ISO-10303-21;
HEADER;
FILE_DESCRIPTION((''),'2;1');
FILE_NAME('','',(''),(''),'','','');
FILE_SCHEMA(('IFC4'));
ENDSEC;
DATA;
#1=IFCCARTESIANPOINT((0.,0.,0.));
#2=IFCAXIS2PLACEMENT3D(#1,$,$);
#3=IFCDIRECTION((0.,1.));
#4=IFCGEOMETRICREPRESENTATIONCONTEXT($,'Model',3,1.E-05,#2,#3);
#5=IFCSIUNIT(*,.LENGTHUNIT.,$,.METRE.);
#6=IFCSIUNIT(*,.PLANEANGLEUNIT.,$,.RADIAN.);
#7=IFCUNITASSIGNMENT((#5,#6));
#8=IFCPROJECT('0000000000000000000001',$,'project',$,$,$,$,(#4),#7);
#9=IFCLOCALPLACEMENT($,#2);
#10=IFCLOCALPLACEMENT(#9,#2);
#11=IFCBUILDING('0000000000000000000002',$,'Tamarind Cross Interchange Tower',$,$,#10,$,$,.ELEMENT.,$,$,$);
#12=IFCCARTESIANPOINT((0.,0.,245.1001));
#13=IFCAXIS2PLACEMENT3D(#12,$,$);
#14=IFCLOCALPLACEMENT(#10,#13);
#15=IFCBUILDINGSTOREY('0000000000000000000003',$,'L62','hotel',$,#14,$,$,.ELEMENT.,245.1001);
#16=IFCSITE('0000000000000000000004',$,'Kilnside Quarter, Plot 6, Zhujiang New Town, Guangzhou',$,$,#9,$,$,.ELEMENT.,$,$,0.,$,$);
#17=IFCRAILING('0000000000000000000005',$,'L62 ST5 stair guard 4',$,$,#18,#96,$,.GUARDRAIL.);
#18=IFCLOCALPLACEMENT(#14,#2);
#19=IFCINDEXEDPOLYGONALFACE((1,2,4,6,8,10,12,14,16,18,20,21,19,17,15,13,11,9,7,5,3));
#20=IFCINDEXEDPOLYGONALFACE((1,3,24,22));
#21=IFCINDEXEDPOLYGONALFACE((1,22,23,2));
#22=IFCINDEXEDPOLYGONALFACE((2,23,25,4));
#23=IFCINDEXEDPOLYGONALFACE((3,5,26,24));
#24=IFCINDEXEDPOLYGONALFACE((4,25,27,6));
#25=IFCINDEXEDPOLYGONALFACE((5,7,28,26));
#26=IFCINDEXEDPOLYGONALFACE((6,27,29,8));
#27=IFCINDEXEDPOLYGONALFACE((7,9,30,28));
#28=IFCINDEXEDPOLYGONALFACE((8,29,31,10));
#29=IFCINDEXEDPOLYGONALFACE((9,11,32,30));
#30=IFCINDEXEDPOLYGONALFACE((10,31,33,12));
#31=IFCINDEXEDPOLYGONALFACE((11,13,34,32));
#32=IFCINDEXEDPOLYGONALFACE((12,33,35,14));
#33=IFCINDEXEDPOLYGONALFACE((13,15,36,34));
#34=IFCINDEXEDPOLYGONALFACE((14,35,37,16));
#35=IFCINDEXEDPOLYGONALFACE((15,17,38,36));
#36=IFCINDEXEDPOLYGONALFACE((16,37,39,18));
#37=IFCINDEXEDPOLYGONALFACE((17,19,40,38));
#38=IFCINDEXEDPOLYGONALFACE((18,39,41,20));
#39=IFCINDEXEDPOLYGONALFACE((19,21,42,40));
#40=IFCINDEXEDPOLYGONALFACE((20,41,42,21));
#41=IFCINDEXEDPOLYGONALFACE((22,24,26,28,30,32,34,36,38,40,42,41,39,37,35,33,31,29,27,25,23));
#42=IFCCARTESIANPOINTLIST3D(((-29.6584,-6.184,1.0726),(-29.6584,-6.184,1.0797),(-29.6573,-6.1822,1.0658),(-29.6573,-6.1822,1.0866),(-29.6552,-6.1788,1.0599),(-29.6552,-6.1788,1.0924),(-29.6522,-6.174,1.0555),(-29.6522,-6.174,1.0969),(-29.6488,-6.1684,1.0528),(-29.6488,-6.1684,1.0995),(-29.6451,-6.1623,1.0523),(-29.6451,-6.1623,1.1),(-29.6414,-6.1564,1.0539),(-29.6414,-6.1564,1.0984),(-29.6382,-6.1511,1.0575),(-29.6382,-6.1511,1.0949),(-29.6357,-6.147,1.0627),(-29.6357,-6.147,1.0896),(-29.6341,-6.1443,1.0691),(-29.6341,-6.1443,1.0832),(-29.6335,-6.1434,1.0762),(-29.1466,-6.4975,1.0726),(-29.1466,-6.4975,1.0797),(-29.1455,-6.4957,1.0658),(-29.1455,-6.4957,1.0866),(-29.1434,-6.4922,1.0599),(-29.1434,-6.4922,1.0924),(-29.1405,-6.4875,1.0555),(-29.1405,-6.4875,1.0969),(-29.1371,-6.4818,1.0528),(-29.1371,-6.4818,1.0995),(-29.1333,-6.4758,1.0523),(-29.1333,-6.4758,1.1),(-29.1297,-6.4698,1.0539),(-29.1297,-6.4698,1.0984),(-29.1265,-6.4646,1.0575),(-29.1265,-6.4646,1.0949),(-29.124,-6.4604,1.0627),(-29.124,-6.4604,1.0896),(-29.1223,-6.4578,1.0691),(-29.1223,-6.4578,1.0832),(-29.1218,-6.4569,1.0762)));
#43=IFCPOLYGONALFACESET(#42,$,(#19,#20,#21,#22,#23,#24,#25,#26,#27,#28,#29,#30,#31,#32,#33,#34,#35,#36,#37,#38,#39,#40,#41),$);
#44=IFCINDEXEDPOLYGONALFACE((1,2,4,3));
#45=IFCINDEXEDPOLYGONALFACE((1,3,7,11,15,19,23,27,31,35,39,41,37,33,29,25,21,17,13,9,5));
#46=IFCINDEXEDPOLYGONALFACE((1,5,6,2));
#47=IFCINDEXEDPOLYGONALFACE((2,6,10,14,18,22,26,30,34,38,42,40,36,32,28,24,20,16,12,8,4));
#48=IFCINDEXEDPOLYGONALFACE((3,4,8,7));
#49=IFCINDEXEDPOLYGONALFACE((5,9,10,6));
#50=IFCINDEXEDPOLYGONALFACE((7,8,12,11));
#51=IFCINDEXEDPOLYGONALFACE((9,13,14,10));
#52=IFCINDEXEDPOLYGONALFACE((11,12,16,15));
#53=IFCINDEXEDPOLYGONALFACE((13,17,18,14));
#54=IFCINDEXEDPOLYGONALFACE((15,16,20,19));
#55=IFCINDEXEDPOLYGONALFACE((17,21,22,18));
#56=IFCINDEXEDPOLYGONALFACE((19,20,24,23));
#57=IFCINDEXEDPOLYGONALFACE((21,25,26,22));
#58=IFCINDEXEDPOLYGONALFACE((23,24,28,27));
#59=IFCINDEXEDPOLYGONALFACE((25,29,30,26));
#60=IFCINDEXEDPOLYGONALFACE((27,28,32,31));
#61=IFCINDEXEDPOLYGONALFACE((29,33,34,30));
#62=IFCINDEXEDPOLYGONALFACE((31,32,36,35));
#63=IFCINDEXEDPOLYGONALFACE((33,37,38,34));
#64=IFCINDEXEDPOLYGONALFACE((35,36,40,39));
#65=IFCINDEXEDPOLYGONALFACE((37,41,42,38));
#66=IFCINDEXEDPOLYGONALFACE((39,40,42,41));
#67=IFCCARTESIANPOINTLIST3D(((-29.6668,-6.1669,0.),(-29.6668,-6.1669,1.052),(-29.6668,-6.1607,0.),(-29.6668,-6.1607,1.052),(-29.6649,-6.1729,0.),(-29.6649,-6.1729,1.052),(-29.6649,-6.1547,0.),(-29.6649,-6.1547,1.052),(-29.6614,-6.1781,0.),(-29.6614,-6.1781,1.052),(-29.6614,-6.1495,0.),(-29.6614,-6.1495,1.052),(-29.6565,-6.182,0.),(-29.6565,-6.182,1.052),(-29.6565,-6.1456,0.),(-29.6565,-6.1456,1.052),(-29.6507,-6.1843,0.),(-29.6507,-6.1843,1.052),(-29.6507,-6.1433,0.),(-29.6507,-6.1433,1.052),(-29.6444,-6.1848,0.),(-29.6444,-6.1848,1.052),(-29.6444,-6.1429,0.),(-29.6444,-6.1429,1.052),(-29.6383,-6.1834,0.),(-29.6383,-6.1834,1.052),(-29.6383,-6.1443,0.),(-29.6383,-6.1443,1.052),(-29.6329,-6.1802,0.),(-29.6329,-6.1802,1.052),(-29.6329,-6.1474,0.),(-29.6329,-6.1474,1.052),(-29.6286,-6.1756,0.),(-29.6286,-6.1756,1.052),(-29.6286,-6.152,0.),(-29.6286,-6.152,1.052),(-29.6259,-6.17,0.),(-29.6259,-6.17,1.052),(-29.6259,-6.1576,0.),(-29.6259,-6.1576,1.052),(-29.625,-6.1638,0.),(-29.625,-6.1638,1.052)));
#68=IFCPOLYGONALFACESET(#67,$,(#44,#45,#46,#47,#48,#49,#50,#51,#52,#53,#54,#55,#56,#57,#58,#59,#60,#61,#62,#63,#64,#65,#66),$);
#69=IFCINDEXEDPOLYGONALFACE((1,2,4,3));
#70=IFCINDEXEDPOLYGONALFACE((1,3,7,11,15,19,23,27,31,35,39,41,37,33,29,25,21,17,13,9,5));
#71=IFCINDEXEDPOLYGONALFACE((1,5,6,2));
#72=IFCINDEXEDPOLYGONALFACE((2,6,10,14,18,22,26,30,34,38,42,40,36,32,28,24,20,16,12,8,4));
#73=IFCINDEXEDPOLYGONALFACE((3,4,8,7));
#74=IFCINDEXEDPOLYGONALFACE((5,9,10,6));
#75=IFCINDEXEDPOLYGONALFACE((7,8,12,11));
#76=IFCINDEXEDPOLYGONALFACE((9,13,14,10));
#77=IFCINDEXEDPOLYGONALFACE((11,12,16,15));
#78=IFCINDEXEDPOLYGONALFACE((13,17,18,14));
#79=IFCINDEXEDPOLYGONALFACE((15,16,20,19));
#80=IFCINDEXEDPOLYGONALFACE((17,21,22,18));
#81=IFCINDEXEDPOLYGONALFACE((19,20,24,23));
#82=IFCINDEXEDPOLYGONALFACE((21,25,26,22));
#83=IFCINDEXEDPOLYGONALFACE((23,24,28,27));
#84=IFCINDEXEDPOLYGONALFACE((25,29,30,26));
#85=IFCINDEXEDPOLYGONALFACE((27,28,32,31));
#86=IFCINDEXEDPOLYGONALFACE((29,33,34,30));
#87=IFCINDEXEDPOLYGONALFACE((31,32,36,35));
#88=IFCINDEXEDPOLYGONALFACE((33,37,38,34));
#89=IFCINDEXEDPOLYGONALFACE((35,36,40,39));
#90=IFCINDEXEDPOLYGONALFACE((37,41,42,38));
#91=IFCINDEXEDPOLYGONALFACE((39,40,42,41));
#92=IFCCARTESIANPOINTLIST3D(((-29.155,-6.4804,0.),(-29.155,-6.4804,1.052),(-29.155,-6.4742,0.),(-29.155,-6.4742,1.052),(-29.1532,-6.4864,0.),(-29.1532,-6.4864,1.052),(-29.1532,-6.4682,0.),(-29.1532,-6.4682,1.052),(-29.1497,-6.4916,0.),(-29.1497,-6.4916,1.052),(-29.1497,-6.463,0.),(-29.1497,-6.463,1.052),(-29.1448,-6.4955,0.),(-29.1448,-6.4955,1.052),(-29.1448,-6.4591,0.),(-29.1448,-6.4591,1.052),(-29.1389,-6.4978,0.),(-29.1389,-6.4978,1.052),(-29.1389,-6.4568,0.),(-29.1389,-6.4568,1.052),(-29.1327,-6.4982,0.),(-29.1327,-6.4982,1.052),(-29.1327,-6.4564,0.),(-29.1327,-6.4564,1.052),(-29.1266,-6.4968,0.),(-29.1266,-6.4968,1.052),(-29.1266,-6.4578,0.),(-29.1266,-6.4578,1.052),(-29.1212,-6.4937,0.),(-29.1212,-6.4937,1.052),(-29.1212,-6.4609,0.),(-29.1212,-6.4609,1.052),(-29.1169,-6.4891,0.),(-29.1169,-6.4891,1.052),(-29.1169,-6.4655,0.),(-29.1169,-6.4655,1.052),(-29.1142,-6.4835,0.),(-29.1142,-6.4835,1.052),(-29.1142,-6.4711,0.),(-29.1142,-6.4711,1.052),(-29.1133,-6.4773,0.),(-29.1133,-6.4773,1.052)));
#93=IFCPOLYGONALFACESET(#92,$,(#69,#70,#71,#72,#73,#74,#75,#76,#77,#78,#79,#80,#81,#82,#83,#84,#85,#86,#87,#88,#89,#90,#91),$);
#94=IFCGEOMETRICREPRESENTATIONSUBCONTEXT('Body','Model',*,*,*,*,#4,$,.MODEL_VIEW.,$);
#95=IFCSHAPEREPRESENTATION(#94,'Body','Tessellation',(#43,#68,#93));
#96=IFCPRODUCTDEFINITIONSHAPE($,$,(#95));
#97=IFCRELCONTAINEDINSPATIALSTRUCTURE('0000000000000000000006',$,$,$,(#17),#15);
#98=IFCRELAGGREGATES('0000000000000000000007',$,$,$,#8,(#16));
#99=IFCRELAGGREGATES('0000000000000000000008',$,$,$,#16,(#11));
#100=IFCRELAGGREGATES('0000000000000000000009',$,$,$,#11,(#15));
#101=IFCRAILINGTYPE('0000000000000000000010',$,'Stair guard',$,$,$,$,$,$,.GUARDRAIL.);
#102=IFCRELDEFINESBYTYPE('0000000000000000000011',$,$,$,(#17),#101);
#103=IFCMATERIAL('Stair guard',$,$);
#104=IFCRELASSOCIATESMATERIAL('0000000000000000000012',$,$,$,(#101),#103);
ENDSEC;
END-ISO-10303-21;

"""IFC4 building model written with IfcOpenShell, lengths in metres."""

from ifc_helpers import new_model, si_unit, direction, frame, origin, origin_2d, place, context, subcontext, project, spatial, circle, extrude, material, type_object, element, save


model = new_model("IFC4")

# Units and contexts
model_context = context("Model", 3, precision=1e-05, world=origin(), true_north=direction((0.0, 1.0)))
body_context = subcontext(model_context, "Body", "Model", "MODEL_VIEW")
ifc_project = project(units=[si_unit("LENGTHUNIT", "METRE"), si_unit("PLANEANGLEUNIT", "RADIAN")], contexts=[model_context])

# Site, building, storey
site_placement = place(None, origin())
site = spatial("IfcSite", under=ifc_project, at=site_placement, Name="Kilnside Quarter, Plot 6, Zhujiang New Town, Guangzhou", CompositionType="ELEMENT", RefElevation=0.0)
building_placement = place(site_placement, origin())
building = spatial("IfcBuilding", under=site, at=building_placement, Name="Tamarind Cross Interchange Tower", CompositionType="ELEMENT")
storey_placement = place(building_placement, frame((0.0, 0.0, 245.1001)))
storey = spatial("IfcBuildingStorey", under=building, at=storey_placement, Name="L62", Description="hotel", CompositionType="ELEMENT", Elevation=245.1001)

# Railing
ifc_material_1 = material(Name="Stair guard")
railing_type_1 = type_object("IfcRailingType", Name="Stair guard", PredefinedType="GUARDRAIL", material=ifc_material_1)
railing_1_placement = place(storey_placement, frame((-29.646, -6.1638, 0.0)))
element("IfcRailing", 1, at=railing_1_placement, inside=storey, type_object=railing_type_1, Name="L62 ST5 stair guard 4", PredefinedType="GUARDRAIL", context=body_context, shape_type="SweptSolid", body=[
    extrude(circle(Radius=0.0239, at=origin_2d()), frame((0.0, 0.0, 1.0762), z_axis=(0.852718, -0.522371, 0.0), x_axis=(0.522371, 0.852718, 0.0)), (0.0, 0.0, 1.0), 0.6001),
    extrude(circle(Radius=0.021, at=origin_2d()), origin(), (0.0, 0.0, 1.0), 1.052),
    extrude(circle(Radius=0.021, at=origin_2d()), frame((0.5117, -0.3135, 0.0)), (0.0, 0.0, 1.0), 1.052),
])

save(model, "model.ifc")
